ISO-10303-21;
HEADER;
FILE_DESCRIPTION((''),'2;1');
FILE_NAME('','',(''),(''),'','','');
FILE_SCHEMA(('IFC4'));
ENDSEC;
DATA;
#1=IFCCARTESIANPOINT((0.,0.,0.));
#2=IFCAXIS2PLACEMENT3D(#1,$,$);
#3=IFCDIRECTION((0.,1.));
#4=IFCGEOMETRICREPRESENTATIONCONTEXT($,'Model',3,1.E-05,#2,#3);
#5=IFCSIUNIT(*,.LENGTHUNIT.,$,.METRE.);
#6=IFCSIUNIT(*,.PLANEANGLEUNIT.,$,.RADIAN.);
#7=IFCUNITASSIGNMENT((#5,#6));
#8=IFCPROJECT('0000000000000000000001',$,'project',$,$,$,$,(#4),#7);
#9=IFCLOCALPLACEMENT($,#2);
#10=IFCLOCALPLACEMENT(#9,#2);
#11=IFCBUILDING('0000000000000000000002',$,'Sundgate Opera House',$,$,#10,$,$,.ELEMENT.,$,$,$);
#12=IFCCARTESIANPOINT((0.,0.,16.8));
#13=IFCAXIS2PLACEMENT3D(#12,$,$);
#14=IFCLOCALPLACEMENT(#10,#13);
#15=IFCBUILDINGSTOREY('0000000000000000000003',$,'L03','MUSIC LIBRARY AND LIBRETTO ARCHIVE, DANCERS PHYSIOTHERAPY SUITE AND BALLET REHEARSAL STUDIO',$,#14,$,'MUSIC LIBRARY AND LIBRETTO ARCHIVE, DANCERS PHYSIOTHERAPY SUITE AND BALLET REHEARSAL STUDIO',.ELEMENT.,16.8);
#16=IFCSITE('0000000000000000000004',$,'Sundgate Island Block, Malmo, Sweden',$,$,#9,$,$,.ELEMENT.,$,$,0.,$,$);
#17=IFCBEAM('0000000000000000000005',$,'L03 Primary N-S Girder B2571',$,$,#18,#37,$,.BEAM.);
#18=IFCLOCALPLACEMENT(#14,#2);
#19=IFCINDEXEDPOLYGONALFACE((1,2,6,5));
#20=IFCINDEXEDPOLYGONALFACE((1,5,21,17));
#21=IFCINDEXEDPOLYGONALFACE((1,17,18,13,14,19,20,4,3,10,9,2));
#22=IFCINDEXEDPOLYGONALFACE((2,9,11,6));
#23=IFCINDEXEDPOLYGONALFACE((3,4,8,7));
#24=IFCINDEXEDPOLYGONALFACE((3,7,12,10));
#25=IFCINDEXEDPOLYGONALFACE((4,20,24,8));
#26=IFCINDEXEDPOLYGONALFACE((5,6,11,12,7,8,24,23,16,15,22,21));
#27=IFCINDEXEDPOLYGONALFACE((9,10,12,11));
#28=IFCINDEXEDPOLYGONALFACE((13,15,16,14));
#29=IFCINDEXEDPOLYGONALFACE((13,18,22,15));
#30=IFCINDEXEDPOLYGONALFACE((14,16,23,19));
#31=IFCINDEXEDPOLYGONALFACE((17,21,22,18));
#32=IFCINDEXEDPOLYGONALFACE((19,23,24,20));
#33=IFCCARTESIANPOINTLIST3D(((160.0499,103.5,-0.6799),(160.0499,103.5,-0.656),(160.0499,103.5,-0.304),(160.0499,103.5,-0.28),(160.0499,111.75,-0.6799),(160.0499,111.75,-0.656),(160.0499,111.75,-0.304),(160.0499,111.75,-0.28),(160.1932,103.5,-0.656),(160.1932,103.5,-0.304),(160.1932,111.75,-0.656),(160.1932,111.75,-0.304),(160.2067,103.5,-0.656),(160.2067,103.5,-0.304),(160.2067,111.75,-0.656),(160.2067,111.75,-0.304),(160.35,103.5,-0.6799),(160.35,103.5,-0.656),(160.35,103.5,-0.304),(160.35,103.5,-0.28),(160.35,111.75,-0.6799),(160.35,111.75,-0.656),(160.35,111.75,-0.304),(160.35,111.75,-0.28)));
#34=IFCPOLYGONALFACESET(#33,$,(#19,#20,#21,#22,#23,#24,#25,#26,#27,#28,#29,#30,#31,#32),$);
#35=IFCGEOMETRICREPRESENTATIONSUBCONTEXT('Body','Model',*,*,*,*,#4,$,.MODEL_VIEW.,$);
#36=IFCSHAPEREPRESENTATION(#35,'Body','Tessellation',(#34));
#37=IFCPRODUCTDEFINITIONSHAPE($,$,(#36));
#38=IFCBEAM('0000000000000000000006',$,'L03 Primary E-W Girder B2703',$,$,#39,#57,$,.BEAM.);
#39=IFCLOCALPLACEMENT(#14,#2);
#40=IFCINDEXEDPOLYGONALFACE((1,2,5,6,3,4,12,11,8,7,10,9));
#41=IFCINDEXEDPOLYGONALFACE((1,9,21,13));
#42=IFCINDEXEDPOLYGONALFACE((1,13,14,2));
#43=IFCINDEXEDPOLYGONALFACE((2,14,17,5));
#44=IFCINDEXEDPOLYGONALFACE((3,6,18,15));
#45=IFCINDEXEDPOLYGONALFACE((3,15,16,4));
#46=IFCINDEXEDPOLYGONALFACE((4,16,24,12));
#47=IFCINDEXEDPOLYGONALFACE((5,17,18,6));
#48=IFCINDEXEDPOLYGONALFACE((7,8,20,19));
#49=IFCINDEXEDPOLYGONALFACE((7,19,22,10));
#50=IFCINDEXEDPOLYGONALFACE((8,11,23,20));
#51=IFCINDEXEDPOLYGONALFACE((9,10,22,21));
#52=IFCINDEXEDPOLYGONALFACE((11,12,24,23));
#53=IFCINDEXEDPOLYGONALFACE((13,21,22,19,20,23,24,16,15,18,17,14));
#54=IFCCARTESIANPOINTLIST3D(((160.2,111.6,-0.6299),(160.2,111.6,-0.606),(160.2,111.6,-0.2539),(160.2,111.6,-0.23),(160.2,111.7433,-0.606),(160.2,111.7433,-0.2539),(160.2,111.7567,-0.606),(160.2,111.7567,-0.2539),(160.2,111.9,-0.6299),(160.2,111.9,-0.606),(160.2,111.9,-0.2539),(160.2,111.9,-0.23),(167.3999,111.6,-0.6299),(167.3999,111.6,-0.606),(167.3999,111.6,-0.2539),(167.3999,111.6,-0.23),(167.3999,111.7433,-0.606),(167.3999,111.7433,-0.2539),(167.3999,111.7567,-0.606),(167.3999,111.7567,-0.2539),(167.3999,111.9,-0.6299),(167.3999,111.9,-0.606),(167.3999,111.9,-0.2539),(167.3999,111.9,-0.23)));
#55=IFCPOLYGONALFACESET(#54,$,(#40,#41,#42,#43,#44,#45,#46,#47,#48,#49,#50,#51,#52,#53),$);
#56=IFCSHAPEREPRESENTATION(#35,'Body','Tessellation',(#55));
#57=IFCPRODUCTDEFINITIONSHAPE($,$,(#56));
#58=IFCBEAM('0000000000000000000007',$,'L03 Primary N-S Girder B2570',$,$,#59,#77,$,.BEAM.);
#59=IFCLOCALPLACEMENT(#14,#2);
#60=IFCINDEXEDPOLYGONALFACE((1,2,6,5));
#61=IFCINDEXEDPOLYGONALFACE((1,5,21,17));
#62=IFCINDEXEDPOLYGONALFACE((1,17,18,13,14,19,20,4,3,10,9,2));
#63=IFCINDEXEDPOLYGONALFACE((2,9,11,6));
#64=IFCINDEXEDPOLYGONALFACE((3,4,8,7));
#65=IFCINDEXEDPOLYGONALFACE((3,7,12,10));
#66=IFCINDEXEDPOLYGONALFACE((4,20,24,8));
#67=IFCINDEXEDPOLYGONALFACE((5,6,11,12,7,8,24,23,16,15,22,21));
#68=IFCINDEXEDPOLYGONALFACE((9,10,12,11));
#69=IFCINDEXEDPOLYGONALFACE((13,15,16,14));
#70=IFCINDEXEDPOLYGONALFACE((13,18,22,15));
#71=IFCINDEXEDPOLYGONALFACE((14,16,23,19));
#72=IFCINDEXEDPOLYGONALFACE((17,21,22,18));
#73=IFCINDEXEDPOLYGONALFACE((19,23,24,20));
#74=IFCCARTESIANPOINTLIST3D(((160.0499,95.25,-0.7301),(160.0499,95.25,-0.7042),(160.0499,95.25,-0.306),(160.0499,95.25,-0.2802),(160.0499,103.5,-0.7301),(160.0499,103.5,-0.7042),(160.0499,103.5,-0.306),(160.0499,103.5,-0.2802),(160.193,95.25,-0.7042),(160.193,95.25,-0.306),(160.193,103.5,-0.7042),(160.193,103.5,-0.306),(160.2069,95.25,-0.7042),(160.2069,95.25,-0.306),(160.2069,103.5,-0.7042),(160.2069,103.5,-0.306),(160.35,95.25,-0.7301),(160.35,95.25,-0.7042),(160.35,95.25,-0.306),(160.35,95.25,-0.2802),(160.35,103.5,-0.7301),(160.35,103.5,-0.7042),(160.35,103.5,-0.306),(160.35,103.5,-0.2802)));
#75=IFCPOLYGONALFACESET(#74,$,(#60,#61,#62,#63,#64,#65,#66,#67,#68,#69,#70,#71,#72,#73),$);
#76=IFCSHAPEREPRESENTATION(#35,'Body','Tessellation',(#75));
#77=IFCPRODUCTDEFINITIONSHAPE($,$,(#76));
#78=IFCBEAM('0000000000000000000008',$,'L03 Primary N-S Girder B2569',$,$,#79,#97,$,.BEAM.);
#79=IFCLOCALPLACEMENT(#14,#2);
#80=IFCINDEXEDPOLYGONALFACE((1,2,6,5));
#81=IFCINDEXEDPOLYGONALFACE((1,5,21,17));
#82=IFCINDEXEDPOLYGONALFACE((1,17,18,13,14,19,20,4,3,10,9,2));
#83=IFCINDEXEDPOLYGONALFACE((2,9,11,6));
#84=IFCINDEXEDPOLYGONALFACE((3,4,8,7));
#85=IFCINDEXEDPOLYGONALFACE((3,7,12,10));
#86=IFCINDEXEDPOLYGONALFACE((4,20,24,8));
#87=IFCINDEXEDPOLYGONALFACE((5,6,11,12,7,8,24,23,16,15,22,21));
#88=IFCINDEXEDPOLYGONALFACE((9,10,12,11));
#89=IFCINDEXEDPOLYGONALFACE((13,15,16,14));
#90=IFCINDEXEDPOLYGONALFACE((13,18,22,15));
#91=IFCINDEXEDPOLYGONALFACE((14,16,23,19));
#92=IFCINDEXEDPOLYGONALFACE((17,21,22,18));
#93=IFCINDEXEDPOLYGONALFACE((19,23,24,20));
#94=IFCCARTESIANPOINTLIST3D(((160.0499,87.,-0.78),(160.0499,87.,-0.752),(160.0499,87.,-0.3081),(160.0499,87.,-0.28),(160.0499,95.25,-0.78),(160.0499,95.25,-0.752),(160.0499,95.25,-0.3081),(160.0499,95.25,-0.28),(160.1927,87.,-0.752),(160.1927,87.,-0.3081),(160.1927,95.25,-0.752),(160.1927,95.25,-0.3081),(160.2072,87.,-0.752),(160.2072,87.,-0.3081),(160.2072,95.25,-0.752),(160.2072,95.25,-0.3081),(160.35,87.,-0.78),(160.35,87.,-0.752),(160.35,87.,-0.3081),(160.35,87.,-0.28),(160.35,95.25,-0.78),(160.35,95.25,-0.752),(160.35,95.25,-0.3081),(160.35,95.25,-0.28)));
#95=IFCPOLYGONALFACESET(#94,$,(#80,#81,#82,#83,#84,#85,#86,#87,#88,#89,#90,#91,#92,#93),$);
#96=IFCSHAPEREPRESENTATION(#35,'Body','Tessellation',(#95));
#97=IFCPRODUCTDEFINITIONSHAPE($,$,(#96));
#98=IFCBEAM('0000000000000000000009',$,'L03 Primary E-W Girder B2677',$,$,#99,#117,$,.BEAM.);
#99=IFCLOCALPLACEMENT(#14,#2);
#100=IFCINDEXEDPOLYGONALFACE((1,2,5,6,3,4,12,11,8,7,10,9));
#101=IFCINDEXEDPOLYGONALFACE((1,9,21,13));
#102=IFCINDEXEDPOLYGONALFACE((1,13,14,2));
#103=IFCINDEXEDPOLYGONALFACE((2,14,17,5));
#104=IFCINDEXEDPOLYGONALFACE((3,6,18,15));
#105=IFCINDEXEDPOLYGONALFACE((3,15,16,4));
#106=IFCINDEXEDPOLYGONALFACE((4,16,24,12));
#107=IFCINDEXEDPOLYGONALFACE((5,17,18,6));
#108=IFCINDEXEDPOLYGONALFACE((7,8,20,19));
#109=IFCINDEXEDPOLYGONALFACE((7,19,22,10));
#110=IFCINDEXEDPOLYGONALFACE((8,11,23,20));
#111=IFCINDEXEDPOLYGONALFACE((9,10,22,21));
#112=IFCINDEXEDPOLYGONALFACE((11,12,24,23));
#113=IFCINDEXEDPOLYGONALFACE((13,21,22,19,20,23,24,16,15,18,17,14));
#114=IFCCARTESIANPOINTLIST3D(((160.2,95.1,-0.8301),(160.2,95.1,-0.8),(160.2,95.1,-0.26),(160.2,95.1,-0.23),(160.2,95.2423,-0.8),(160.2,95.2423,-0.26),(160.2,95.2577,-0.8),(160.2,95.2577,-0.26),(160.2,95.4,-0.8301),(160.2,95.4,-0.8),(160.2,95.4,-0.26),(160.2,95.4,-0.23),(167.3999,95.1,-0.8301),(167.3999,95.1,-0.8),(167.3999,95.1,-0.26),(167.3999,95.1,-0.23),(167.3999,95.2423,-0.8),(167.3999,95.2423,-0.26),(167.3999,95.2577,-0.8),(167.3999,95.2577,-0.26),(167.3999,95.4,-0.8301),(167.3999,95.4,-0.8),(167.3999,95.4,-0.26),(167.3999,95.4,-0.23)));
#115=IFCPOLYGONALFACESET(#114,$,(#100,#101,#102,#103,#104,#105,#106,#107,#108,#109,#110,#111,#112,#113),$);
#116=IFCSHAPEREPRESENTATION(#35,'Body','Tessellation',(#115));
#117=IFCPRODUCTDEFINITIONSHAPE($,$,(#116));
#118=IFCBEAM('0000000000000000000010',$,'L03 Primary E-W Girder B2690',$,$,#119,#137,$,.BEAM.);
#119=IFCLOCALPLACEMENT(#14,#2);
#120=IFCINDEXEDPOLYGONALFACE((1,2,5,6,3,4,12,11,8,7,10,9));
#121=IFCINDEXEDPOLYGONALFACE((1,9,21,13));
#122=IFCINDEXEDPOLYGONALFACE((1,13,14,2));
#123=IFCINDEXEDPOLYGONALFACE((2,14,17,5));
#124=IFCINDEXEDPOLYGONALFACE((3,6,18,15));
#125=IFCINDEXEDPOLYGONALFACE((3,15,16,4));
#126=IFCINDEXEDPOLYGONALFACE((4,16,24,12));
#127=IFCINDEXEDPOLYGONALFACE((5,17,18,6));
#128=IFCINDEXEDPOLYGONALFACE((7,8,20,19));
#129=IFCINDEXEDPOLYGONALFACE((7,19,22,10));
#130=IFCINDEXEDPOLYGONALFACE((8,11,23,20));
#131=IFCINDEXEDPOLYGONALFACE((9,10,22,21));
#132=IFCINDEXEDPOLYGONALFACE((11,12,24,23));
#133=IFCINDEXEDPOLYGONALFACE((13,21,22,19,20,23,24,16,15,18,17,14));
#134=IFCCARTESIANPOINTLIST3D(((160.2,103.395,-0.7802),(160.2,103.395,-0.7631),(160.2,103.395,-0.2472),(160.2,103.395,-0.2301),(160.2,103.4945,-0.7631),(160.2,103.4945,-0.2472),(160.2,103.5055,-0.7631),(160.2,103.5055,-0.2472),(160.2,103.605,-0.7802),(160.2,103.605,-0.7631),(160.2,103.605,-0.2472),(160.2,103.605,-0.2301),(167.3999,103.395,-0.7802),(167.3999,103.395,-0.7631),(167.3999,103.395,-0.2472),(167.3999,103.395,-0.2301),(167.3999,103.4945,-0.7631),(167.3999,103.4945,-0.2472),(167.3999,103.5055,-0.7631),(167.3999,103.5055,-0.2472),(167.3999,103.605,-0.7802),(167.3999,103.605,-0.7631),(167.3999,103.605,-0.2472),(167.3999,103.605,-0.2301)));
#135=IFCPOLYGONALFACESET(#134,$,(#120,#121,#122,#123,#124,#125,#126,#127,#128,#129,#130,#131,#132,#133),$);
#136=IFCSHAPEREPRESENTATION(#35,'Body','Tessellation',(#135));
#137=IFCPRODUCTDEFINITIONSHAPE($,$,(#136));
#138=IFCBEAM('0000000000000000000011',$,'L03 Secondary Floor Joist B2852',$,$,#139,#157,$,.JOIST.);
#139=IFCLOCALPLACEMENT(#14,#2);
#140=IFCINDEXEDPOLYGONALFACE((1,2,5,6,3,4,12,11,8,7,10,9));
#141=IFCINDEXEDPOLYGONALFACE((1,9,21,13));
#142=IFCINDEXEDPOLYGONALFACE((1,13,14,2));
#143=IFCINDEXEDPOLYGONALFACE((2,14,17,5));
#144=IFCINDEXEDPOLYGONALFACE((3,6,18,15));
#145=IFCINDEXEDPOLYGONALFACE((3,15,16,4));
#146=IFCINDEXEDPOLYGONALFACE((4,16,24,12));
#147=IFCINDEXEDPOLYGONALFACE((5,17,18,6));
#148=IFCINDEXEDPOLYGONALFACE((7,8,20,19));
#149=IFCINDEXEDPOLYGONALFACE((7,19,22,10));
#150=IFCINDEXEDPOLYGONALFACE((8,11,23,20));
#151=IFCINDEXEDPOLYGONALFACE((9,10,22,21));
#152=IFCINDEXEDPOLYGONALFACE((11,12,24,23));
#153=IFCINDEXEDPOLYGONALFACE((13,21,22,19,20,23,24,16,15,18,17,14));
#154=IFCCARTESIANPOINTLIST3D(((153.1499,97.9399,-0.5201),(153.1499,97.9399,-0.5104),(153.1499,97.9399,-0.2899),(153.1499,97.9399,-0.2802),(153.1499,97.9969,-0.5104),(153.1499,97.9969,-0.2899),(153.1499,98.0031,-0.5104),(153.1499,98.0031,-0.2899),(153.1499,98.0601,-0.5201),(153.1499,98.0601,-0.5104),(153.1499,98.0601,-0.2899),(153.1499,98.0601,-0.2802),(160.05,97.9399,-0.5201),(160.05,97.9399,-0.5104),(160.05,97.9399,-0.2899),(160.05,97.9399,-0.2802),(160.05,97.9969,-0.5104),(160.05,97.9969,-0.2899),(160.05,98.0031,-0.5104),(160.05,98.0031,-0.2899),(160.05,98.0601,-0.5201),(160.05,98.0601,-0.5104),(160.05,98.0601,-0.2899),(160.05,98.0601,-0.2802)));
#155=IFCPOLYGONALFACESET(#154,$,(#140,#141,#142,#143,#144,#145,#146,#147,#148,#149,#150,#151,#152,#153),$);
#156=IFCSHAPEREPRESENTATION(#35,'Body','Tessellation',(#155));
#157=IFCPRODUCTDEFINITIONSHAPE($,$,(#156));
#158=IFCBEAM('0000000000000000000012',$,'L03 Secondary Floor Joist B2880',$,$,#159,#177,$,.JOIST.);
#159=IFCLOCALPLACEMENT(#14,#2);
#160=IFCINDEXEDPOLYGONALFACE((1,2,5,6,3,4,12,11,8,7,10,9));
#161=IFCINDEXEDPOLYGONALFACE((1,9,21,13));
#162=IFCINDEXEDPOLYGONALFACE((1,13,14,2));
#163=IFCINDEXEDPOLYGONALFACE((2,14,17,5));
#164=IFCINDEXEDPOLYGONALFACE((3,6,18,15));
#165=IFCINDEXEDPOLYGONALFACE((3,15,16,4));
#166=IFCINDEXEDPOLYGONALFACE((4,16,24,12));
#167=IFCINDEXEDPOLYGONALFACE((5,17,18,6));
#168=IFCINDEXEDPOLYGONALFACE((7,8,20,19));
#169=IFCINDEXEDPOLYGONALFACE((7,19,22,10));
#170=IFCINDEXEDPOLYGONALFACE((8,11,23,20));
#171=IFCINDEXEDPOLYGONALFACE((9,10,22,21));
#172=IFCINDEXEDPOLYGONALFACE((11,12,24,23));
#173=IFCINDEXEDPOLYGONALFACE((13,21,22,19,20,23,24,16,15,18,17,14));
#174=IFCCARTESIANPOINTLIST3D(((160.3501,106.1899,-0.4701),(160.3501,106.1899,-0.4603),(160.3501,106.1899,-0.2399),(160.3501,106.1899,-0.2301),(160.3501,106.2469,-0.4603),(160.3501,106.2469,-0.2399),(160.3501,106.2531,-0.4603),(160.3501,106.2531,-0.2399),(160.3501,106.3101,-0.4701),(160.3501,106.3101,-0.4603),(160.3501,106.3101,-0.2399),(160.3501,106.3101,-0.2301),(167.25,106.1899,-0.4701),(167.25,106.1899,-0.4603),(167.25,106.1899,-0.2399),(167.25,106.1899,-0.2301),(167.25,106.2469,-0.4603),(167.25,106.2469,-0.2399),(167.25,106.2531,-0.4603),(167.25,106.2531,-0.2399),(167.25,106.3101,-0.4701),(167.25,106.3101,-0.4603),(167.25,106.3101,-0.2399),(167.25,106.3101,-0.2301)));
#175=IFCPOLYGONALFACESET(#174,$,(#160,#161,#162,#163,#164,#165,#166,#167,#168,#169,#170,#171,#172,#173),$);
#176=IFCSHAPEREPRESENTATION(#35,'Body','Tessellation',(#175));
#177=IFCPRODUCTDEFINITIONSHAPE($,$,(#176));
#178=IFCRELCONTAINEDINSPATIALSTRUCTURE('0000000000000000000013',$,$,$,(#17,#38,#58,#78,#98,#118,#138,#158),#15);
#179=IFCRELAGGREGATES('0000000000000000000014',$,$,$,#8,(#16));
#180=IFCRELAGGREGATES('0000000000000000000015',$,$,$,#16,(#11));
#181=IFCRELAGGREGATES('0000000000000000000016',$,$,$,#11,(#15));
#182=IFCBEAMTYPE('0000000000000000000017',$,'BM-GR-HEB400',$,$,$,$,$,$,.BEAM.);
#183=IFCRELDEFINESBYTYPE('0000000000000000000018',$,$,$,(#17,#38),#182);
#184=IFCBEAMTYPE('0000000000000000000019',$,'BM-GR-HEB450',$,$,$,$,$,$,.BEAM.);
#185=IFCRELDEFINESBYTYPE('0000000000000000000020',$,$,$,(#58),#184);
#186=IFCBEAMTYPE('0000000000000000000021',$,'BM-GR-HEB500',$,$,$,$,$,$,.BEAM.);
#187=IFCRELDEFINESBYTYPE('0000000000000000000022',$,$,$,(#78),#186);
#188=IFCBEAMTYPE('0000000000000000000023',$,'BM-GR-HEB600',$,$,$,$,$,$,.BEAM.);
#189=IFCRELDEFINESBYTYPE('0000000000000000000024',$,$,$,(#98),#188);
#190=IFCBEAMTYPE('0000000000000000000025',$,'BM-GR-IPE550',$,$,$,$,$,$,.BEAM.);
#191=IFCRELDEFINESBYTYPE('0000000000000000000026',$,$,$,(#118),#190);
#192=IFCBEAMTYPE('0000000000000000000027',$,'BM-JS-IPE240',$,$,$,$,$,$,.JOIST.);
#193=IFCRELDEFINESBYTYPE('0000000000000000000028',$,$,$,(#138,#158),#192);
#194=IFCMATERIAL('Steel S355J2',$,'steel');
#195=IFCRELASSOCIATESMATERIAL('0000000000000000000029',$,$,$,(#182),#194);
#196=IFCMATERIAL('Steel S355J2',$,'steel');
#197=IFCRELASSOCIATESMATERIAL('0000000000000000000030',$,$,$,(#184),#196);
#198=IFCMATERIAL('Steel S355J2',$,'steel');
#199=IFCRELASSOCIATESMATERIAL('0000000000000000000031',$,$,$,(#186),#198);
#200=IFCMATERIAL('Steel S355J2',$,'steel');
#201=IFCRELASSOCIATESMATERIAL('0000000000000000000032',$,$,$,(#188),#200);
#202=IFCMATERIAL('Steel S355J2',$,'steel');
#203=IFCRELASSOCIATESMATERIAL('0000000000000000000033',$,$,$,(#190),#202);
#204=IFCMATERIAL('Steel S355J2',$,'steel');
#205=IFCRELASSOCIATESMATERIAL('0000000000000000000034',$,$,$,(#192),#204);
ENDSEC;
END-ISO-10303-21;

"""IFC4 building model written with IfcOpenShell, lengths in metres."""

from ifc_helpers import new_model, si_unit, direction, frame, origin, origin_2d, place, context, subcontext, project, spatial, i_section, extrude, material, material_profile, profile_set, type_object, element, save


model = new_model("IFC4")

# Units and contexts
model_context = context("Model", 3, precision=1e-05, world=origin(), true_north=direction((0.0, 1.0)))
body_context = subcontext(model_context, "Body", "Model", "MODEL_VIEW")
ifc_project = project(units=[si_unit("LENGTHUNIT", "METRE"), si_unit("PLANEANGLEUNIT", "RADIAN")], contexts=[model_context])

# Site, building, storey
site_placement = place(None, origin())
site = spatial("IfcSite", under=ifc_project, at=site_placement, Name="Sundgate Island Block, Malmo, Sweden", CompositionType="ELEMENT", RefElevation=0.0)
building_placement = place(site_placement, origin())
building = spatial("IfcBuilding", under=site, at=building_placement, Name="Sundgate Opera House", CompositionType="ELEMENT")
storey_placement = place(building_placement, frame((0.0, 0.0, 16.8)))
storey = spatial("IfcBuildingStorey", under=building, at=storey_placement, Name="L03", Description="MUSIC LIBRARY AND LIBRETTO ARCHIVE, DANCERS PHYSIOTHERAPY SUITE AND BALLET REHEARSAL STUDIO", LongName="MUSIC LIBRARY AND LIBRETTO ARCHIVE, DANCERS PHYSIOTHERAPY SUITE AND BALLET REHEARSAL STUDIO", CompositionType="ELEMENT", Elevation=16.8)

# Beams
ifc_material_1 = material(Name="Steel S355J2", Category="steel")
ifc_material_profile_1 = material_profile(ifc_material_1, i_section(OverallWidth=0.3, OverallDepth=0.3999, WebThickness=0.0134, FlangeThickness=0.0239, at=origin_2d()), Name="HEB 400")
ifc_profile_set_1 = profile_set([ifc_material_profile_1], Name="Steel S355J2")
beam_type_1 = type_object("IfcBeamType", Name="BM-GR-HEB400", PredefinedType="BEAM", material=ifc_profile_set_1)
beam_1_placement = place(storey_placement, frame((160.2, 103.5, -0.48), z_axis=(0.0, 1.0, 0.0), x_axis=(-1.0, 0.0, 0.0)))
element("IfcBeam", 1, at=beam_1_placement, inside=storey, type_object=beam_type_1, Name="L03 Primary N-S Girder B2571", PredefinedType="BEAM", context=body_context, shape_type="SweptSolid", body=[
    extrude(i_section(OverallWidth=0.3, OverallDepth=0.3999, WebThickness=0.0134, FlangeThickness=0.0239, at=origin_2d()), origin(), (0.0, 0.0, 1.0), 8.25),
])
beam_2_placement = place(storey_placement, frame((160.2, 111.75, -0.4299), z_axis=(1.0, 0.0, 0.0), x_axis=(0.0, 1.0, 0.0)))
element("IfcBeam", 2, at=beam_2_placement, inside=storey, type_object=beam_type_1, Name="L03 Primary E-W Girder B2703", PredefinedType="BEAM", context=body_context, shape_type="SweptSolid", body=[
    extrude(i_section(OverallWidth=0.3, OverallDepth=0.3999, WebThickness=0.0134, FlangeThickness=0.0239, at=origin_2d()), origin(), (0.0, 0.0, 1.0), 7.2),
])
ifc_material_2 = material(Name="Steel S355J2", Category="steel")
ifc_material_profile_2 = material_profile(ifc_material_2, i_section(OverallWidth=0.3, OverallDepth=0.45, WebThickness=0.0139, FlangeThickness=0.0259, at=origin_2d()), Name="HEB 450")
ifc_profile_set_2 = profile_set([ifc_material_profile_2], Name="Steel S355J2")
beam_type_2 = type_object("IfcBeamType", Name="BM-GR-HEB450", PredefinedType="BEAM", material=ifc_profile_set_2)
beam_3_placement = place(storey_placement, frame((160.2, 95.25, -0.5051), z_axis=(0.0, 1.0, 0.0), x_axis=(-1.0, 0.0, 0.0)))
element("IfcBeam", 3, at=beam_3_placement, inside=storey, type_object=beam_type_2, Name="L03 Primary N-S Girder B2570", PredefinedType="BEAM", context=body_context, shape_type="SweptSolid", body=[
    extrude(i_section(OverallWidth=0.3, OverallDepth=0.45, WebThickness=0.0139, FlangeThickness=0.0259, at=origin_2d()), origin(), (0.0, 0.0, 1.0), 8.25),
])
ifc_material_3 = material(Name="Steel S355J2", Category="steel")
ifc_material_profile_3 = material_profile(ifc_material_3, i_section(OverallWidth=0.3, OverallDepth=0.5, WebThickness=0.0144, FlangeThickness=0.0281, at=origin_2d()), Name="HEB 500")
ifc_profile_set_3 = profile_set([ifc_material_profile_3], Name="Steel S355J2")
beam_type_3 = type_object("IfcBeamType", Name="BM-GR-HEB500", PredefinedType="BEAM", material=ifc_profile_set_3)
beam_4_placement = place(storey_placement, frame((160.2, 87.0, -0.53), z_axis=(0.0, 1.0, 0.0), x_axis=(-1.0, 0.0, 0.0)))
element("IfcBeam", 4, at=beam_4_placement, inside=storey, type_object=beam_type_3, Name="L03 Primary N-S Girder B2569", PredefinedType="BEAM", context=body_context, shape_type="SweptSolid", body=[
    extrude(i_section(OverallWidth=0.3, OverallDepth=0.5, WebThickness=0.0144, FlangeThickness=0.0281, at=origin_2d()), origin(), (0.0, 0.0, 1.0), 8.25),
])
ifc_material_4 = material(Name="Steel S355J2", Category="steel")
ifc_material_profile_4 = material_profile(ifc_material_4, i_section(OverallWidth=0.3, OverallDepth=0.6001, WebThickness=0.0154, FlangeThickness=0.03, at=origin_2d()), Name="HEB 600")
ifc_profile_set_4 = profile_set([ifc_material_profile_4], Name="Steel S355J2")
beam_type_4 = type_object("IfcBeamType", Name="BM-GR-HEB600", PredefinedType="BEAM", material=ifc_profile_set_4)
beam_5_placement = place(storey_placement, frame((160.2, 95.25, -0.53), z_axis=(1.0, 0.0, 0.0), x_axis=(0.0, 1.0, 0.0)))
element("IfcBeam", 5, at=beam_5_placement, inside=storey, type_object=beam_type_4, Name="L03 Primary E-W Girder B2677", PredefinedType="BEAM", context=body_context, shape_type="SweptSolid", body=[
    extrude(i_section(OverallWidth=0.3, OverallDepth=0.6001, WebThickness=0.0154, FlangeThickness=0.03, at=origin_2d()), origin(), (0.0, 0.0, 1.0), 7.2),
])
ifc_material_5 = material(Name="Steel S355J2", Category="steel")
ifc_material_profile_5 = material_profile(ifc_material_5, i_section(OverallWidth=0.21, OverallDepth=0.55, WebThickness=0.011, FlangeThickness=0.0171, at=origin_2d()), Name="IPE 550")
ifc_profile_set_5 = profile_set([ifc_material_profile_5], Name="Steel S355J2")
beam_type_5 = type_object("IfcBeamType", Name="BM-GR-IPE550", PredefinedType="BEAM", material=ifc_profile_set_5)
beam_6_placement = place(storey_placement, frame((160.2, 103.5, -0.5051), z_axis=(1.0, 0.0, 0.0), x_axis=(0.0, 1.0, 0.0)))
element("IfcBeam", 6, at=beam_6_placement, inside=storey, type_object=beam_type_5, Name="L03 Primary E-W Girder B2690", PredefinedType="BEAM", context=body_context, shape_type="SweptSolid", body=[
    extrude(i_section(OverallWidth=0.21, OverallDepth=0.55, WebThickness=0.011, FlangeThickness=0.0171, at=origin_2d()), origin(), (0.0, 0.0, 1.0), 7.2),
])
ifc_material_6 = material(Name="Steel S355J2", Category="steel")
ifc_material_profile_6 = material_profile(ifc_material_6, i_section(OverallWidth=0.1201, OverallDepth=0.24, WebThickness=0.0061, FlangeThickness=0.0098, at=origin_2d()), Name="IPE 240")
ifc_profile_set_6 = profile_set([ifc_material_profile_6], Name="Steel S355J2")
beam_type_6 = type_object("IfcBeamType", Name="BM-JS-IPE240", PredefinedType="JOIST", material=ifc_profile_set_6)
beam_7_placement = place(storey_placement, frame((153.1499, 98.0, -0.4001), z_axis=(1.0, 0.0, 0.0), x_axis=(0.0, 1.0, 0.0)))
element("IfcBeam", 7, at=beam_7_placement, inside=storey, type_object=beam_type_6, Name="L03 Secondary Floor Joist B2852", PredefinedType="JOIST", context=body_context, shape_type="SweptSolid", body=[
    extrude(i_section(OverallWidth=0.1201, OverallDepth=0.24, WebThickness=0.0061, FlangeThickness=0.0098, at=origin_2d()), origin(), (0.0, 0.0, 1.0), 6.9001),
])
beam_8_placement = place(storey_placement, frame((160.3501, 106.25, -0.3501), z_axis=(1.0, 0.0, 0.0), x_axis=(0.0, 1.0, 0.0)))
element("IfcBeam", 8, at=beam_8_placement, inside=storey, type_object=beam_type_6, Name="L03 Secondary Floor Joist B2880", PredefinedType="JOIST", context=body_context, shape_type="SweptSolid", body=[
    extrude(i_section(OverallWidth=0.1201, OverallDepth=0.24, WebThickness=0.0061, FlangeThickness=0.0098, at=origin_2d()), origin(), (0.0, 0.0, 1.0), 6.8999),
])

save(model, "model.ifc")
